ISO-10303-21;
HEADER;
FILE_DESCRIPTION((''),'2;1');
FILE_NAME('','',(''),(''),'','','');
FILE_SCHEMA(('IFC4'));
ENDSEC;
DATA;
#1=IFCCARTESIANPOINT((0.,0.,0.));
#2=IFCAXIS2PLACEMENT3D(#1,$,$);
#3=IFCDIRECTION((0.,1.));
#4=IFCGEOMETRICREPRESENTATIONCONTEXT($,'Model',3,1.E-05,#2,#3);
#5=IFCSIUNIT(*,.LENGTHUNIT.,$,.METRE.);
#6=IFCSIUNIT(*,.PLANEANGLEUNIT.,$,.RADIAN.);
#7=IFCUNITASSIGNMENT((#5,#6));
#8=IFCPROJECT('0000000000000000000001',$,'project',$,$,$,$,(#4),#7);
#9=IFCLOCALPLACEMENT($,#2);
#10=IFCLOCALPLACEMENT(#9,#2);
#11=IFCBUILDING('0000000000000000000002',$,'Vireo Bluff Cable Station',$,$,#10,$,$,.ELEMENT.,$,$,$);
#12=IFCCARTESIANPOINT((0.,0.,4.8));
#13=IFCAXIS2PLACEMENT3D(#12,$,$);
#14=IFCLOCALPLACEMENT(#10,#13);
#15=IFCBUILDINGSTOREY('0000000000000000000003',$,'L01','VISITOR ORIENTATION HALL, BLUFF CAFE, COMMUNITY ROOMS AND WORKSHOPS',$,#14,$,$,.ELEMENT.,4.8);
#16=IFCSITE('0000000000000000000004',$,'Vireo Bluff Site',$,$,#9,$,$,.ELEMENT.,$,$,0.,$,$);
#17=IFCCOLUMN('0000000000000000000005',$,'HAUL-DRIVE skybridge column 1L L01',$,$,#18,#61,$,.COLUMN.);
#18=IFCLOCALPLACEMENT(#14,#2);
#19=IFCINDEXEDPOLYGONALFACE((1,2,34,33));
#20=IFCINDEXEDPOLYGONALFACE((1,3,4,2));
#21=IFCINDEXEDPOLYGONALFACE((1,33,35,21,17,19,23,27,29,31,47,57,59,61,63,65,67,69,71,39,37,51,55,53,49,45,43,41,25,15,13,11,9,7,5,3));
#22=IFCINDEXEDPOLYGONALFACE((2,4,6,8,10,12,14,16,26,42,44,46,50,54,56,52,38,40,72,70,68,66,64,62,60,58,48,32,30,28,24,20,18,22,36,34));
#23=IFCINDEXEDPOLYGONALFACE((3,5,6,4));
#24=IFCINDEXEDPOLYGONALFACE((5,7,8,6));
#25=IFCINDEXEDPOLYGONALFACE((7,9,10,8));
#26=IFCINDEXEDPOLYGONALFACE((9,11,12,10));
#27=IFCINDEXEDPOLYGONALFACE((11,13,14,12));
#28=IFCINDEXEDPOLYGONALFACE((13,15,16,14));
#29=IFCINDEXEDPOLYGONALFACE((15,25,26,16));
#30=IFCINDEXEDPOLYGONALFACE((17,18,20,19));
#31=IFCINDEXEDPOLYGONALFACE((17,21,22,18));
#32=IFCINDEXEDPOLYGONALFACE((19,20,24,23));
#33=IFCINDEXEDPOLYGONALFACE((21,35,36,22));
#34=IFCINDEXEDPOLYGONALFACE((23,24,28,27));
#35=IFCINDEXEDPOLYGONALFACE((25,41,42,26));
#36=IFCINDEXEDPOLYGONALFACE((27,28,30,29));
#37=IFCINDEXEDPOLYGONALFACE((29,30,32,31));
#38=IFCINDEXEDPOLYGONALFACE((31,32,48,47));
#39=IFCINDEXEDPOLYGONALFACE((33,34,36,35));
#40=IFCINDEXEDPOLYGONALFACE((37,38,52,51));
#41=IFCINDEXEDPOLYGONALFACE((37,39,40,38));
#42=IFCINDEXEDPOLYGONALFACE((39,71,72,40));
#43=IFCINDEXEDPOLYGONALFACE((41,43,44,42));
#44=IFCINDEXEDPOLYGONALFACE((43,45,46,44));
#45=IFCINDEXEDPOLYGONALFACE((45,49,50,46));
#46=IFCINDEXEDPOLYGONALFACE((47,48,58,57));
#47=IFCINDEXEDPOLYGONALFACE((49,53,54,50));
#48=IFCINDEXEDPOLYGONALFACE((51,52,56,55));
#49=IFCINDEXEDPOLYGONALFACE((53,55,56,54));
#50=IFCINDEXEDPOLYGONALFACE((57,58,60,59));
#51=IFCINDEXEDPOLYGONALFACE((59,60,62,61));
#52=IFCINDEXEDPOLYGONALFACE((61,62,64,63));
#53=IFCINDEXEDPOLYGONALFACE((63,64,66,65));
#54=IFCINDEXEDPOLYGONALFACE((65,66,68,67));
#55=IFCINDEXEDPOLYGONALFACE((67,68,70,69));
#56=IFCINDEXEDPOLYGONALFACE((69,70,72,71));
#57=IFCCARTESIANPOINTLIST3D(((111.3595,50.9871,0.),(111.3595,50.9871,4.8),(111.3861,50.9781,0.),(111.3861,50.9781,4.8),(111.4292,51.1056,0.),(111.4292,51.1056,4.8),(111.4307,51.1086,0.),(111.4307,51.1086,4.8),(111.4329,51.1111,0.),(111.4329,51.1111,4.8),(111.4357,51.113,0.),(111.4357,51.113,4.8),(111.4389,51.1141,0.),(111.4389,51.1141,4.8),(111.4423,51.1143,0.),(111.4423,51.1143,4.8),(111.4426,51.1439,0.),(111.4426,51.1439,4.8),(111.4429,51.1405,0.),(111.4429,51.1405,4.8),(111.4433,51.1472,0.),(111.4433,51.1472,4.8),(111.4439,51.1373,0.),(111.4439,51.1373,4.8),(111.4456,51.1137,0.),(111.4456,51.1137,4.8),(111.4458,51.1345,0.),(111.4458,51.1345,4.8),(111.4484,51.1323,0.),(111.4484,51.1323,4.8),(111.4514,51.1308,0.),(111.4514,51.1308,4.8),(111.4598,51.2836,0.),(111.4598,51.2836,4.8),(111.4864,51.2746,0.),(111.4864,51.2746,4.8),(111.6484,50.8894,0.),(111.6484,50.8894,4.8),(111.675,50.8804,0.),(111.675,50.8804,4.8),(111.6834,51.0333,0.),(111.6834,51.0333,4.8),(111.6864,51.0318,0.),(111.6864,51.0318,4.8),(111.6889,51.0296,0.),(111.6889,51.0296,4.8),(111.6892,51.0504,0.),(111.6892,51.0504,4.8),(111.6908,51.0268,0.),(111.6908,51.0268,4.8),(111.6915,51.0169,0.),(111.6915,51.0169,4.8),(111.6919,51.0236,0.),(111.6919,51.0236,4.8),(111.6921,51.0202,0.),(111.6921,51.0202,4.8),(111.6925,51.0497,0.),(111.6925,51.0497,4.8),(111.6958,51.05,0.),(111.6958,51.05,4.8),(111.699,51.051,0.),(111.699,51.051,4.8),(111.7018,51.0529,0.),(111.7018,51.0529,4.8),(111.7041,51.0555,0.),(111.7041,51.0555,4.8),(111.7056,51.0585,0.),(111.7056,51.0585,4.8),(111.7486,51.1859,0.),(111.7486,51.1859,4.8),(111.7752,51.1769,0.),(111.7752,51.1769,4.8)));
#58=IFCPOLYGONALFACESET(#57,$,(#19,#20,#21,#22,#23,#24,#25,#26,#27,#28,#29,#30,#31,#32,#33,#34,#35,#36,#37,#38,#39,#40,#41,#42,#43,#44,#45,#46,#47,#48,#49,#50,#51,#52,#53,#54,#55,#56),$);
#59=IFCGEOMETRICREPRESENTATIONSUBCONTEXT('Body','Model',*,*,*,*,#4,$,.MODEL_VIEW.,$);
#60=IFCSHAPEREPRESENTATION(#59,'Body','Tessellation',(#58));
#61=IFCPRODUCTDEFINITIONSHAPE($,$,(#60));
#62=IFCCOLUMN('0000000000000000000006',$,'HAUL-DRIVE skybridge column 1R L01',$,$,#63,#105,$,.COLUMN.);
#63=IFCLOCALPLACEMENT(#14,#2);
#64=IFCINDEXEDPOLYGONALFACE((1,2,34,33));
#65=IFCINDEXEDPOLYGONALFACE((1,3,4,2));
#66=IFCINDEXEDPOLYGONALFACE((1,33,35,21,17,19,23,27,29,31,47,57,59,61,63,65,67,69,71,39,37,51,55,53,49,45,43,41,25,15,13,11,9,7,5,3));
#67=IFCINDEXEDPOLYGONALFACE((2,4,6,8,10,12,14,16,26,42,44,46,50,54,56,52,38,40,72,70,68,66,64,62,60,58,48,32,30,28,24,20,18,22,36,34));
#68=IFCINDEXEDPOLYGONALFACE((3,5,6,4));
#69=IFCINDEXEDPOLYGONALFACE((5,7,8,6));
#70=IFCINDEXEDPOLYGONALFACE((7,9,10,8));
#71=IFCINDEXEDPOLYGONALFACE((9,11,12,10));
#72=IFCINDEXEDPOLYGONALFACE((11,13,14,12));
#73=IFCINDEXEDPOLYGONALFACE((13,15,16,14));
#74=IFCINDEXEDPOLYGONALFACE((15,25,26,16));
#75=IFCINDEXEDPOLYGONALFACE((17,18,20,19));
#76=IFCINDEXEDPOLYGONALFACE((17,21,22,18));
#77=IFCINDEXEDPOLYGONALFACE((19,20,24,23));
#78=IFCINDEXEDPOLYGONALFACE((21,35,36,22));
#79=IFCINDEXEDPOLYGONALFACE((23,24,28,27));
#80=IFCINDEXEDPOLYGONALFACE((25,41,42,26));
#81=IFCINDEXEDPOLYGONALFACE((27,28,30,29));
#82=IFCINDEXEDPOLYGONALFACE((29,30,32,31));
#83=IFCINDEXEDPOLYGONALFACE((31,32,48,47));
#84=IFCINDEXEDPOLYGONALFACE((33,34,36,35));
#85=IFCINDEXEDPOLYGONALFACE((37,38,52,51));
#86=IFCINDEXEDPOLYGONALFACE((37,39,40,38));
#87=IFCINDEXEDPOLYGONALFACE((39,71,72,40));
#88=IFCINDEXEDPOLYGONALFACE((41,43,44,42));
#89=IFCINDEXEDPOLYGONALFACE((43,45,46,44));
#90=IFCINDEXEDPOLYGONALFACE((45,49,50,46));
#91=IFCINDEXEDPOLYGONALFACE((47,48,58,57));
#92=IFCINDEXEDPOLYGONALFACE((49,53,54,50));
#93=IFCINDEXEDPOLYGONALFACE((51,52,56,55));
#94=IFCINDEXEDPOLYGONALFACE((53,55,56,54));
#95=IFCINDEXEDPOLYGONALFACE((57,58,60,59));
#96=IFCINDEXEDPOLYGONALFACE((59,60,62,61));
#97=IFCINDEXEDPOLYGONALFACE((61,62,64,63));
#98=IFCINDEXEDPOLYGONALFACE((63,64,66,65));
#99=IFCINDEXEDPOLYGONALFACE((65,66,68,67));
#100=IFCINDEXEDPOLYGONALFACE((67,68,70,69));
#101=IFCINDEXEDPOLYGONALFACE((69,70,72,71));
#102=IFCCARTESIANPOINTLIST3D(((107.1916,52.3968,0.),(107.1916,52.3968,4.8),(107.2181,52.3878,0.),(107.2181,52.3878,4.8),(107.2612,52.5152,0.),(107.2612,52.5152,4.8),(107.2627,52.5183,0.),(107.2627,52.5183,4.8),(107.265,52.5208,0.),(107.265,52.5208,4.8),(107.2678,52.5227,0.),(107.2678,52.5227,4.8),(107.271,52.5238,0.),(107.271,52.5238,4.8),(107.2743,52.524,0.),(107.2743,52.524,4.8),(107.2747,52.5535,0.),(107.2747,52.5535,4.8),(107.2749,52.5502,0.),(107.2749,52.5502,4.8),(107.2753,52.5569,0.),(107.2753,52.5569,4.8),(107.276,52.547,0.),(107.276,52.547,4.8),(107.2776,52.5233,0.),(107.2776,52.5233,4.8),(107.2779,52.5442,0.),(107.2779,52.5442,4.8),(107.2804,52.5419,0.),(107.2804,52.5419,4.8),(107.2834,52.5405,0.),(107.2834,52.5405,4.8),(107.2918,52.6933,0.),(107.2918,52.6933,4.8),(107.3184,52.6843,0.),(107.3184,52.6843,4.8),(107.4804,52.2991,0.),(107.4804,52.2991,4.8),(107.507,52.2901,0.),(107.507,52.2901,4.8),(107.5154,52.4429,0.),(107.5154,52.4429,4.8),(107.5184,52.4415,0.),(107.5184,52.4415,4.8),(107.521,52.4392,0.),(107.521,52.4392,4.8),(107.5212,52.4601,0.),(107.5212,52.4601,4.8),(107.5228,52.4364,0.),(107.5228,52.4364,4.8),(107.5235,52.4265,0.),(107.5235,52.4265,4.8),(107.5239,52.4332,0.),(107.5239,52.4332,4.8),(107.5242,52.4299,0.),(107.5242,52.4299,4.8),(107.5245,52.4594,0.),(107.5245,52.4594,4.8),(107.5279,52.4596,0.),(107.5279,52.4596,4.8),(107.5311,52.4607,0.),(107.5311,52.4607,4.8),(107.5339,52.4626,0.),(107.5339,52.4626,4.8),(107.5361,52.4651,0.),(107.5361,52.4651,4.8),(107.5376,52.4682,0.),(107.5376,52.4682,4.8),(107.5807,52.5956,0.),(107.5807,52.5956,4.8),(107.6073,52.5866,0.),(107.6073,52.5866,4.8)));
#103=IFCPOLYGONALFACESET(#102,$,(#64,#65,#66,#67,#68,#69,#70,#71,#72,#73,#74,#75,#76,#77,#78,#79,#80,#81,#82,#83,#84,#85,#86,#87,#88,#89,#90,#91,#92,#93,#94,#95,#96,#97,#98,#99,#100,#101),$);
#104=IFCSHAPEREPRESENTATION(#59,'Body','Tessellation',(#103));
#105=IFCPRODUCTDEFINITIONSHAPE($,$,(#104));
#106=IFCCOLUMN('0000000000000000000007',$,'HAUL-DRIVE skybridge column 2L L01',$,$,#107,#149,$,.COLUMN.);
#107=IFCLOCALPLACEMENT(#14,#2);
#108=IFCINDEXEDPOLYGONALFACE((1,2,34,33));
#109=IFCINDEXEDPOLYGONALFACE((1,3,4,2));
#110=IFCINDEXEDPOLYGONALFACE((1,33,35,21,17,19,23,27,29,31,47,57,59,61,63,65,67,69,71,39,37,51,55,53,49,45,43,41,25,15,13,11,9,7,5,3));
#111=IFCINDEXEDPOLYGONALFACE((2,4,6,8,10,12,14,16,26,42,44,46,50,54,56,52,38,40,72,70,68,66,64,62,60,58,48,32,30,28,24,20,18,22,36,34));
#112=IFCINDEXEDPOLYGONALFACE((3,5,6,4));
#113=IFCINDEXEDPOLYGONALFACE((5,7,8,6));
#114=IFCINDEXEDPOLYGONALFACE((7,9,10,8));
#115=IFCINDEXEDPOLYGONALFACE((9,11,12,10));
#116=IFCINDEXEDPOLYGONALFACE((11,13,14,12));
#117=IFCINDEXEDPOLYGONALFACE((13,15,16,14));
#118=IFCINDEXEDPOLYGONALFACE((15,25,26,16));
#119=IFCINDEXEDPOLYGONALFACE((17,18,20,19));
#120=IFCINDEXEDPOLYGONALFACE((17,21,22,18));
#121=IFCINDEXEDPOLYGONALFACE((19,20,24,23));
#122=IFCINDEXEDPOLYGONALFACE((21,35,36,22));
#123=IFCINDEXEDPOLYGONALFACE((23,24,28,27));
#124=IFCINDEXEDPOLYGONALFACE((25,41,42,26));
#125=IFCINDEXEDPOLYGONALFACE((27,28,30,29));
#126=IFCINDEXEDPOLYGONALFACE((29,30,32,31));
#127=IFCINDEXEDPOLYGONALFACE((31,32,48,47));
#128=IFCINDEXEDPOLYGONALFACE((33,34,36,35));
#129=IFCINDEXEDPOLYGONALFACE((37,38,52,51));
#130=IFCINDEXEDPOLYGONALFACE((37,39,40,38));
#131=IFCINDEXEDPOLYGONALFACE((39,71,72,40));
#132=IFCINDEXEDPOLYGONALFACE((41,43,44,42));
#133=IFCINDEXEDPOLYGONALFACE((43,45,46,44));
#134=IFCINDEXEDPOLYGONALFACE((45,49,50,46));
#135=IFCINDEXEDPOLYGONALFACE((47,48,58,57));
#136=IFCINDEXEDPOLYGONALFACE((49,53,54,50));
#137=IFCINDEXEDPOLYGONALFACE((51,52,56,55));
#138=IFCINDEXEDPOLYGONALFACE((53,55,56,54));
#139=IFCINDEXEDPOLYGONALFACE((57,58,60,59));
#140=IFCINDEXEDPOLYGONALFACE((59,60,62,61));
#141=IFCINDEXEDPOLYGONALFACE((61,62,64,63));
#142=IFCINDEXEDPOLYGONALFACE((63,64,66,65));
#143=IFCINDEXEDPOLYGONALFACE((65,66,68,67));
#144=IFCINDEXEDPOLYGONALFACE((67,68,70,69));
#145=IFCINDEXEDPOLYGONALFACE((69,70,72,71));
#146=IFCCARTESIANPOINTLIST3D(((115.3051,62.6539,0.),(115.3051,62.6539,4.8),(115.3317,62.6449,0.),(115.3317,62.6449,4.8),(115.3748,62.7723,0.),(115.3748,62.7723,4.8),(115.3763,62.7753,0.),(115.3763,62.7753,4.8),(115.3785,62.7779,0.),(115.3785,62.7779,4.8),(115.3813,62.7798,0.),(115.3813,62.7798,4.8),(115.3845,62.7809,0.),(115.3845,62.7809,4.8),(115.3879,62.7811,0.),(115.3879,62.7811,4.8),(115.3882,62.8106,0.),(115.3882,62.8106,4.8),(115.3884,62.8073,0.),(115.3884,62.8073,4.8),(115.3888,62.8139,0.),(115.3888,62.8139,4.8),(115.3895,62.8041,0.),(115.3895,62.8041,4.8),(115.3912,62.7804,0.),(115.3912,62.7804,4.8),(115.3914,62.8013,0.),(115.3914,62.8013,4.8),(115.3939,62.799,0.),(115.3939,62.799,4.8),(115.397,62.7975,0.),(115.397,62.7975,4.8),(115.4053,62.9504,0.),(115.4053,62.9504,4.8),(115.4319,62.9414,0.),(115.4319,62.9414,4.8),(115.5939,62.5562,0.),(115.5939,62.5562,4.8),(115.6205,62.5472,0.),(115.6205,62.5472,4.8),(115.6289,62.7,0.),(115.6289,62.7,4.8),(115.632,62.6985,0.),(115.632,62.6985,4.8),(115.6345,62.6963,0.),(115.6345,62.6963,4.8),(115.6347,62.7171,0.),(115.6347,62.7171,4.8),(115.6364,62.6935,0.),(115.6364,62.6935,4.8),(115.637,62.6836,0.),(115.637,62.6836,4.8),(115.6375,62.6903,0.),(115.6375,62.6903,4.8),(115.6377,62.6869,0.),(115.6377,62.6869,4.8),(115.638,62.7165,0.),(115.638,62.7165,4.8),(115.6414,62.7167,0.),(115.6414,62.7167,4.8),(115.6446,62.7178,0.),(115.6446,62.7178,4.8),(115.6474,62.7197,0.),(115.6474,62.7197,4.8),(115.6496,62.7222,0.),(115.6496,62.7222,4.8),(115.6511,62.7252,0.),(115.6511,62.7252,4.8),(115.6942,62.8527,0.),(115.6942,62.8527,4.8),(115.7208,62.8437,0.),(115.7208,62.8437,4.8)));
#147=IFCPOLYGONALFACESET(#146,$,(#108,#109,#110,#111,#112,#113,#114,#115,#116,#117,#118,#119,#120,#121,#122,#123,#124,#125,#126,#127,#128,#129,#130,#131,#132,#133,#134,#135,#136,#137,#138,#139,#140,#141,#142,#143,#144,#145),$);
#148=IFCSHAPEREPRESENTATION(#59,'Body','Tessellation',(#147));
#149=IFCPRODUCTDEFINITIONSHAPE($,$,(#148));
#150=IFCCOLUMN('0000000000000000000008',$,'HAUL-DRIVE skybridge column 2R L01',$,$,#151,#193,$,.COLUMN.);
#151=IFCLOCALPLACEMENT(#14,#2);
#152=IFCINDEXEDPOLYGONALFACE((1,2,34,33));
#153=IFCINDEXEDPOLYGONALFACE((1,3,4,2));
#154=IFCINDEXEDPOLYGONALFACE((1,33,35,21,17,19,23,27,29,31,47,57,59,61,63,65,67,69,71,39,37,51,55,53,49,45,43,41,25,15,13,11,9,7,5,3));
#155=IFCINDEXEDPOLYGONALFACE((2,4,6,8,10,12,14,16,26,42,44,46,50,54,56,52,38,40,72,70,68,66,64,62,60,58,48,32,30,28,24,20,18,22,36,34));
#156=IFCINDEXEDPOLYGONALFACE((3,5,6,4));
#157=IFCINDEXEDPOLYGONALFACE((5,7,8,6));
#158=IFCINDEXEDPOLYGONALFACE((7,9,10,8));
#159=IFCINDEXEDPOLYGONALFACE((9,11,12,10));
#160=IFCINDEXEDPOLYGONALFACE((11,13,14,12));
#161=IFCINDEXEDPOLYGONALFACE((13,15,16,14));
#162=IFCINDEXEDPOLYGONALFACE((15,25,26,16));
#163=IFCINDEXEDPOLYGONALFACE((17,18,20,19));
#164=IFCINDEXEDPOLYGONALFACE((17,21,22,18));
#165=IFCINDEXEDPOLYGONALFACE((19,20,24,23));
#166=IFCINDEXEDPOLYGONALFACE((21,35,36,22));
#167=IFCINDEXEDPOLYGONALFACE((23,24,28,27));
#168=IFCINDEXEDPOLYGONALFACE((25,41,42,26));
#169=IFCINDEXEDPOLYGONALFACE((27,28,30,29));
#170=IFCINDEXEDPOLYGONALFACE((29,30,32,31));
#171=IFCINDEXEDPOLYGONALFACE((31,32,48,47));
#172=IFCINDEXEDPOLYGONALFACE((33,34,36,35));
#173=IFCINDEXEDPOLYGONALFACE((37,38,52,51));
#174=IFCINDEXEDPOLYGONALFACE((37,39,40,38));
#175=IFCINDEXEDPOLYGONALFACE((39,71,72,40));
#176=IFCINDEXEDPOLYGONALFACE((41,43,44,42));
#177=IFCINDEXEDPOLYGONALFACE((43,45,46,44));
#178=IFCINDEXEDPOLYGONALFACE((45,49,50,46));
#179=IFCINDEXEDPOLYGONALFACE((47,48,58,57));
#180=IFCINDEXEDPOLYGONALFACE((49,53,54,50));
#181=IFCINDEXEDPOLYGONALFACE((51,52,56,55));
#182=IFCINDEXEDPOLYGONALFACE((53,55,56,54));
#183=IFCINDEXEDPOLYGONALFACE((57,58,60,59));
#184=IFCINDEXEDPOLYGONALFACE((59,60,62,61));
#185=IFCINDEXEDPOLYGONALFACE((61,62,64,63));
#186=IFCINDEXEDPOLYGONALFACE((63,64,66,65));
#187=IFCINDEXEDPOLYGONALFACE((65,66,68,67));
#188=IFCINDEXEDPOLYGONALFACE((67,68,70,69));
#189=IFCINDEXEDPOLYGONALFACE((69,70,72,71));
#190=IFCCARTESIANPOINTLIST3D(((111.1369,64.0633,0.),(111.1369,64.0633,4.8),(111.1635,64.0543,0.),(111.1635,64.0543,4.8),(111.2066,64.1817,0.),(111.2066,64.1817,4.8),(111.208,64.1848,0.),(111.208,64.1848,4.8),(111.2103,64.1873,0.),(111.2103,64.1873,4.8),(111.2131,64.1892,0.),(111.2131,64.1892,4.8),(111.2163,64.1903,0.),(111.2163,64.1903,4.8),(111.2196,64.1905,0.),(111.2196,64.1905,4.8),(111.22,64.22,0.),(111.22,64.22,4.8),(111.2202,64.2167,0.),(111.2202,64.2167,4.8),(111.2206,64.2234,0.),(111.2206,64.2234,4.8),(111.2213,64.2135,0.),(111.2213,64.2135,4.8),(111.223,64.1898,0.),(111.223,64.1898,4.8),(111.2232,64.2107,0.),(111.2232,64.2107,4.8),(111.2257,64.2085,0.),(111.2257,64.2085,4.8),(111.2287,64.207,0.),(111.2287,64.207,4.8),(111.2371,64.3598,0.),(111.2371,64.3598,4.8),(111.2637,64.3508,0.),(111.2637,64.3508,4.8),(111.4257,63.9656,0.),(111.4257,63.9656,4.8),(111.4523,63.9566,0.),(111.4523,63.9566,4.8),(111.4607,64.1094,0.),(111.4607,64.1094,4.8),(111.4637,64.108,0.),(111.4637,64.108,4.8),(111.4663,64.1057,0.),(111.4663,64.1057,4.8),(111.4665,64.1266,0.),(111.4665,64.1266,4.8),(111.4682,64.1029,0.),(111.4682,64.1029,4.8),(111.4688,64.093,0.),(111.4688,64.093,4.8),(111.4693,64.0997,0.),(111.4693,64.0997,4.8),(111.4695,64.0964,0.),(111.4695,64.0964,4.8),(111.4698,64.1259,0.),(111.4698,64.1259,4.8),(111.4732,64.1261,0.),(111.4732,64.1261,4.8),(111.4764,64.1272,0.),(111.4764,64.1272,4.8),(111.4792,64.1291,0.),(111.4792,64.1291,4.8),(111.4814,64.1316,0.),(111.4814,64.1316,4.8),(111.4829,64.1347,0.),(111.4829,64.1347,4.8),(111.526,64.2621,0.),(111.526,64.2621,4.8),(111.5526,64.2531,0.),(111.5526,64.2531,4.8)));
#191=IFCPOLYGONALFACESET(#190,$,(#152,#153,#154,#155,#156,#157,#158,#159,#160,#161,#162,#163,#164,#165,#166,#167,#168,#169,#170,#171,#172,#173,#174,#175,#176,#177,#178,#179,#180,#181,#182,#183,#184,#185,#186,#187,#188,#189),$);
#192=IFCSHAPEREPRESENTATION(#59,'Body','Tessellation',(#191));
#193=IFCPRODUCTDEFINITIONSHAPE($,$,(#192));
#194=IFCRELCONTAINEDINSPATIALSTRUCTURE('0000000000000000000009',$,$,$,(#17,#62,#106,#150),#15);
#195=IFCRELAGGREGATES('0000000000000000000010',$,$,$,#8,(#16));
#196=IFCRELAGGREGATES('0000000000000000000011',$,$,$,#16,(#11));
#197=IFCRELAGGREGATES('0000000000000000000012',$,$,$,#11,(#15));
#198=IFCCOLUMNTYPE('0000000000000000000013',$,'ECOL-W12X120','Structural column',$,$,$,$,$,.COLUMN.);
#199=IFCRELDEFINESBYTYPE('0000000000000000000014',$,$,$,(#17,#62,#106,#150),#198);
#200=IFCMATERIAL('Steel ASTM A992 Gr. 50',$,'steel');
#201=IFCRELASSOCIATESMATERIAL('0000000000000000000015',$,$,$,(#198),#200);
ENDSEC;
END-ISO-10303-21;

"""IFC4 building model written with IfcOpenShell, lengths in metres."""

from ifc_helpers import new_model, si_unit, direction, frame, origin, origin_2d, place, context, subcontext, project, spatial, i_section, extrude, material, material_profile, profile_set, type_object, element, save


model = new_model("IFC4")

# Units and contexts
model_context = context("Model", 3, precision=1e-05, world=origin(), true_north=direction((0.0, 1.0)))
body_context = subcontext(model_context, "Body", "Model", "MODEL_VIEW")
ifc_project = project(units=[si_unit("LENGTHUNIT", "METRE"), si_unit("PLANEANGLEUNIT", "RADIAN")], contexts=[model_context])

# Site, building, storey
site_placement = place(None, origin())
site = spatial("IfcSite", under=ifc_project, at=site_placement, Name="Vireo Bluff Site", CompositionType="ELEMENT", RefElevation=0.0)
building_placement = place(site_placement, origin())
building = spatial("IfcBuilding", under=site, at=building_placement, Name="Vireo Bluff Cable Station", CompositionType="ELEMENT")
storey_placement = place(building_placement, frame((0.0, 0.0, 4.8)))
storey = spatial("IfcBuildingStorey", under=building, at=storey_placement, Name="L01", Description="VISITOR ORIENTATION HALL, BLUFF CAFE, COMMUNITY ROOMS AND WORKSHOPS", CompositionType="ELEMENT", Elevation=4.8)

# Columns
ifc_material_1 = material(Name="Steel ASTM A992 Gr. 50", Category="steel")
ifc_material_profile_1 = material_profile(ifc_material_1, i_section(OverallWidth=0.313, OverallDepth=0.333, WebThickness=0.0181, FlangeThickness=0.0281, FilletRadius=0.0129, at=origin_2d()), Name="W12X120")
ifc_profile_set_1 = profile_set([ifc_material_profile_1], Name="Steel ASTM A992 Gr. 50")
column_type_1 = type_object("IfcColumnType", Name="ECOL-W12X120", Description="Structural column", PredefinedType="COLUMN", material=ifc_profile_set_1)
for number, where, z_axis, x_axis, name in (
    (1, (111.5674, 51.082, 0.0), (0.0, 0.0, 1.0), (0.320352, 0.947299, 0.0), "HAUL-DRIVE skybridge column 1L L01"),
    (2, (107.3994, 52.4917, 0.0), (0.0, 0.0, 1.0), (0.320352, 0.947299, 0.0), "HAUL-DRIVE skybridge column 1R L01"),
    (3, (115.5129, 62.7488, 0.0), (0.0, 0.0, 1.0), (0.320352, 0.947299, 0.0), "HAUL-DRIVE skybridge column 2L L01"),
    (4, (111.3447, 64.1582, 0.0), (0.0, 0.0, 1.0), (0.320352, 0.947299, 0.0), "HAUL-DRIVE skybridge column 2R L01"),
):
    element("IfcColumn", number, at=place(storey_placement, frame(where, z_axis=z_axis, x_axis=x_axis)), inside=storey, type_object=column_type_1, Name=name, PredefinedType="COLUMN", context=body_context, shape_type="SweptSolid", body=[
        extrude(i_section(OverallWidth=0.313, OverallDepth=0.333, WebThickness=0.0181, FlangeThickness=0.0281, FilletRadius=0.0129, at=origin_2d()), origin(), (0.0, 0.0, 1.0), 4.8),
    ])

save(model, "model.ifc")
